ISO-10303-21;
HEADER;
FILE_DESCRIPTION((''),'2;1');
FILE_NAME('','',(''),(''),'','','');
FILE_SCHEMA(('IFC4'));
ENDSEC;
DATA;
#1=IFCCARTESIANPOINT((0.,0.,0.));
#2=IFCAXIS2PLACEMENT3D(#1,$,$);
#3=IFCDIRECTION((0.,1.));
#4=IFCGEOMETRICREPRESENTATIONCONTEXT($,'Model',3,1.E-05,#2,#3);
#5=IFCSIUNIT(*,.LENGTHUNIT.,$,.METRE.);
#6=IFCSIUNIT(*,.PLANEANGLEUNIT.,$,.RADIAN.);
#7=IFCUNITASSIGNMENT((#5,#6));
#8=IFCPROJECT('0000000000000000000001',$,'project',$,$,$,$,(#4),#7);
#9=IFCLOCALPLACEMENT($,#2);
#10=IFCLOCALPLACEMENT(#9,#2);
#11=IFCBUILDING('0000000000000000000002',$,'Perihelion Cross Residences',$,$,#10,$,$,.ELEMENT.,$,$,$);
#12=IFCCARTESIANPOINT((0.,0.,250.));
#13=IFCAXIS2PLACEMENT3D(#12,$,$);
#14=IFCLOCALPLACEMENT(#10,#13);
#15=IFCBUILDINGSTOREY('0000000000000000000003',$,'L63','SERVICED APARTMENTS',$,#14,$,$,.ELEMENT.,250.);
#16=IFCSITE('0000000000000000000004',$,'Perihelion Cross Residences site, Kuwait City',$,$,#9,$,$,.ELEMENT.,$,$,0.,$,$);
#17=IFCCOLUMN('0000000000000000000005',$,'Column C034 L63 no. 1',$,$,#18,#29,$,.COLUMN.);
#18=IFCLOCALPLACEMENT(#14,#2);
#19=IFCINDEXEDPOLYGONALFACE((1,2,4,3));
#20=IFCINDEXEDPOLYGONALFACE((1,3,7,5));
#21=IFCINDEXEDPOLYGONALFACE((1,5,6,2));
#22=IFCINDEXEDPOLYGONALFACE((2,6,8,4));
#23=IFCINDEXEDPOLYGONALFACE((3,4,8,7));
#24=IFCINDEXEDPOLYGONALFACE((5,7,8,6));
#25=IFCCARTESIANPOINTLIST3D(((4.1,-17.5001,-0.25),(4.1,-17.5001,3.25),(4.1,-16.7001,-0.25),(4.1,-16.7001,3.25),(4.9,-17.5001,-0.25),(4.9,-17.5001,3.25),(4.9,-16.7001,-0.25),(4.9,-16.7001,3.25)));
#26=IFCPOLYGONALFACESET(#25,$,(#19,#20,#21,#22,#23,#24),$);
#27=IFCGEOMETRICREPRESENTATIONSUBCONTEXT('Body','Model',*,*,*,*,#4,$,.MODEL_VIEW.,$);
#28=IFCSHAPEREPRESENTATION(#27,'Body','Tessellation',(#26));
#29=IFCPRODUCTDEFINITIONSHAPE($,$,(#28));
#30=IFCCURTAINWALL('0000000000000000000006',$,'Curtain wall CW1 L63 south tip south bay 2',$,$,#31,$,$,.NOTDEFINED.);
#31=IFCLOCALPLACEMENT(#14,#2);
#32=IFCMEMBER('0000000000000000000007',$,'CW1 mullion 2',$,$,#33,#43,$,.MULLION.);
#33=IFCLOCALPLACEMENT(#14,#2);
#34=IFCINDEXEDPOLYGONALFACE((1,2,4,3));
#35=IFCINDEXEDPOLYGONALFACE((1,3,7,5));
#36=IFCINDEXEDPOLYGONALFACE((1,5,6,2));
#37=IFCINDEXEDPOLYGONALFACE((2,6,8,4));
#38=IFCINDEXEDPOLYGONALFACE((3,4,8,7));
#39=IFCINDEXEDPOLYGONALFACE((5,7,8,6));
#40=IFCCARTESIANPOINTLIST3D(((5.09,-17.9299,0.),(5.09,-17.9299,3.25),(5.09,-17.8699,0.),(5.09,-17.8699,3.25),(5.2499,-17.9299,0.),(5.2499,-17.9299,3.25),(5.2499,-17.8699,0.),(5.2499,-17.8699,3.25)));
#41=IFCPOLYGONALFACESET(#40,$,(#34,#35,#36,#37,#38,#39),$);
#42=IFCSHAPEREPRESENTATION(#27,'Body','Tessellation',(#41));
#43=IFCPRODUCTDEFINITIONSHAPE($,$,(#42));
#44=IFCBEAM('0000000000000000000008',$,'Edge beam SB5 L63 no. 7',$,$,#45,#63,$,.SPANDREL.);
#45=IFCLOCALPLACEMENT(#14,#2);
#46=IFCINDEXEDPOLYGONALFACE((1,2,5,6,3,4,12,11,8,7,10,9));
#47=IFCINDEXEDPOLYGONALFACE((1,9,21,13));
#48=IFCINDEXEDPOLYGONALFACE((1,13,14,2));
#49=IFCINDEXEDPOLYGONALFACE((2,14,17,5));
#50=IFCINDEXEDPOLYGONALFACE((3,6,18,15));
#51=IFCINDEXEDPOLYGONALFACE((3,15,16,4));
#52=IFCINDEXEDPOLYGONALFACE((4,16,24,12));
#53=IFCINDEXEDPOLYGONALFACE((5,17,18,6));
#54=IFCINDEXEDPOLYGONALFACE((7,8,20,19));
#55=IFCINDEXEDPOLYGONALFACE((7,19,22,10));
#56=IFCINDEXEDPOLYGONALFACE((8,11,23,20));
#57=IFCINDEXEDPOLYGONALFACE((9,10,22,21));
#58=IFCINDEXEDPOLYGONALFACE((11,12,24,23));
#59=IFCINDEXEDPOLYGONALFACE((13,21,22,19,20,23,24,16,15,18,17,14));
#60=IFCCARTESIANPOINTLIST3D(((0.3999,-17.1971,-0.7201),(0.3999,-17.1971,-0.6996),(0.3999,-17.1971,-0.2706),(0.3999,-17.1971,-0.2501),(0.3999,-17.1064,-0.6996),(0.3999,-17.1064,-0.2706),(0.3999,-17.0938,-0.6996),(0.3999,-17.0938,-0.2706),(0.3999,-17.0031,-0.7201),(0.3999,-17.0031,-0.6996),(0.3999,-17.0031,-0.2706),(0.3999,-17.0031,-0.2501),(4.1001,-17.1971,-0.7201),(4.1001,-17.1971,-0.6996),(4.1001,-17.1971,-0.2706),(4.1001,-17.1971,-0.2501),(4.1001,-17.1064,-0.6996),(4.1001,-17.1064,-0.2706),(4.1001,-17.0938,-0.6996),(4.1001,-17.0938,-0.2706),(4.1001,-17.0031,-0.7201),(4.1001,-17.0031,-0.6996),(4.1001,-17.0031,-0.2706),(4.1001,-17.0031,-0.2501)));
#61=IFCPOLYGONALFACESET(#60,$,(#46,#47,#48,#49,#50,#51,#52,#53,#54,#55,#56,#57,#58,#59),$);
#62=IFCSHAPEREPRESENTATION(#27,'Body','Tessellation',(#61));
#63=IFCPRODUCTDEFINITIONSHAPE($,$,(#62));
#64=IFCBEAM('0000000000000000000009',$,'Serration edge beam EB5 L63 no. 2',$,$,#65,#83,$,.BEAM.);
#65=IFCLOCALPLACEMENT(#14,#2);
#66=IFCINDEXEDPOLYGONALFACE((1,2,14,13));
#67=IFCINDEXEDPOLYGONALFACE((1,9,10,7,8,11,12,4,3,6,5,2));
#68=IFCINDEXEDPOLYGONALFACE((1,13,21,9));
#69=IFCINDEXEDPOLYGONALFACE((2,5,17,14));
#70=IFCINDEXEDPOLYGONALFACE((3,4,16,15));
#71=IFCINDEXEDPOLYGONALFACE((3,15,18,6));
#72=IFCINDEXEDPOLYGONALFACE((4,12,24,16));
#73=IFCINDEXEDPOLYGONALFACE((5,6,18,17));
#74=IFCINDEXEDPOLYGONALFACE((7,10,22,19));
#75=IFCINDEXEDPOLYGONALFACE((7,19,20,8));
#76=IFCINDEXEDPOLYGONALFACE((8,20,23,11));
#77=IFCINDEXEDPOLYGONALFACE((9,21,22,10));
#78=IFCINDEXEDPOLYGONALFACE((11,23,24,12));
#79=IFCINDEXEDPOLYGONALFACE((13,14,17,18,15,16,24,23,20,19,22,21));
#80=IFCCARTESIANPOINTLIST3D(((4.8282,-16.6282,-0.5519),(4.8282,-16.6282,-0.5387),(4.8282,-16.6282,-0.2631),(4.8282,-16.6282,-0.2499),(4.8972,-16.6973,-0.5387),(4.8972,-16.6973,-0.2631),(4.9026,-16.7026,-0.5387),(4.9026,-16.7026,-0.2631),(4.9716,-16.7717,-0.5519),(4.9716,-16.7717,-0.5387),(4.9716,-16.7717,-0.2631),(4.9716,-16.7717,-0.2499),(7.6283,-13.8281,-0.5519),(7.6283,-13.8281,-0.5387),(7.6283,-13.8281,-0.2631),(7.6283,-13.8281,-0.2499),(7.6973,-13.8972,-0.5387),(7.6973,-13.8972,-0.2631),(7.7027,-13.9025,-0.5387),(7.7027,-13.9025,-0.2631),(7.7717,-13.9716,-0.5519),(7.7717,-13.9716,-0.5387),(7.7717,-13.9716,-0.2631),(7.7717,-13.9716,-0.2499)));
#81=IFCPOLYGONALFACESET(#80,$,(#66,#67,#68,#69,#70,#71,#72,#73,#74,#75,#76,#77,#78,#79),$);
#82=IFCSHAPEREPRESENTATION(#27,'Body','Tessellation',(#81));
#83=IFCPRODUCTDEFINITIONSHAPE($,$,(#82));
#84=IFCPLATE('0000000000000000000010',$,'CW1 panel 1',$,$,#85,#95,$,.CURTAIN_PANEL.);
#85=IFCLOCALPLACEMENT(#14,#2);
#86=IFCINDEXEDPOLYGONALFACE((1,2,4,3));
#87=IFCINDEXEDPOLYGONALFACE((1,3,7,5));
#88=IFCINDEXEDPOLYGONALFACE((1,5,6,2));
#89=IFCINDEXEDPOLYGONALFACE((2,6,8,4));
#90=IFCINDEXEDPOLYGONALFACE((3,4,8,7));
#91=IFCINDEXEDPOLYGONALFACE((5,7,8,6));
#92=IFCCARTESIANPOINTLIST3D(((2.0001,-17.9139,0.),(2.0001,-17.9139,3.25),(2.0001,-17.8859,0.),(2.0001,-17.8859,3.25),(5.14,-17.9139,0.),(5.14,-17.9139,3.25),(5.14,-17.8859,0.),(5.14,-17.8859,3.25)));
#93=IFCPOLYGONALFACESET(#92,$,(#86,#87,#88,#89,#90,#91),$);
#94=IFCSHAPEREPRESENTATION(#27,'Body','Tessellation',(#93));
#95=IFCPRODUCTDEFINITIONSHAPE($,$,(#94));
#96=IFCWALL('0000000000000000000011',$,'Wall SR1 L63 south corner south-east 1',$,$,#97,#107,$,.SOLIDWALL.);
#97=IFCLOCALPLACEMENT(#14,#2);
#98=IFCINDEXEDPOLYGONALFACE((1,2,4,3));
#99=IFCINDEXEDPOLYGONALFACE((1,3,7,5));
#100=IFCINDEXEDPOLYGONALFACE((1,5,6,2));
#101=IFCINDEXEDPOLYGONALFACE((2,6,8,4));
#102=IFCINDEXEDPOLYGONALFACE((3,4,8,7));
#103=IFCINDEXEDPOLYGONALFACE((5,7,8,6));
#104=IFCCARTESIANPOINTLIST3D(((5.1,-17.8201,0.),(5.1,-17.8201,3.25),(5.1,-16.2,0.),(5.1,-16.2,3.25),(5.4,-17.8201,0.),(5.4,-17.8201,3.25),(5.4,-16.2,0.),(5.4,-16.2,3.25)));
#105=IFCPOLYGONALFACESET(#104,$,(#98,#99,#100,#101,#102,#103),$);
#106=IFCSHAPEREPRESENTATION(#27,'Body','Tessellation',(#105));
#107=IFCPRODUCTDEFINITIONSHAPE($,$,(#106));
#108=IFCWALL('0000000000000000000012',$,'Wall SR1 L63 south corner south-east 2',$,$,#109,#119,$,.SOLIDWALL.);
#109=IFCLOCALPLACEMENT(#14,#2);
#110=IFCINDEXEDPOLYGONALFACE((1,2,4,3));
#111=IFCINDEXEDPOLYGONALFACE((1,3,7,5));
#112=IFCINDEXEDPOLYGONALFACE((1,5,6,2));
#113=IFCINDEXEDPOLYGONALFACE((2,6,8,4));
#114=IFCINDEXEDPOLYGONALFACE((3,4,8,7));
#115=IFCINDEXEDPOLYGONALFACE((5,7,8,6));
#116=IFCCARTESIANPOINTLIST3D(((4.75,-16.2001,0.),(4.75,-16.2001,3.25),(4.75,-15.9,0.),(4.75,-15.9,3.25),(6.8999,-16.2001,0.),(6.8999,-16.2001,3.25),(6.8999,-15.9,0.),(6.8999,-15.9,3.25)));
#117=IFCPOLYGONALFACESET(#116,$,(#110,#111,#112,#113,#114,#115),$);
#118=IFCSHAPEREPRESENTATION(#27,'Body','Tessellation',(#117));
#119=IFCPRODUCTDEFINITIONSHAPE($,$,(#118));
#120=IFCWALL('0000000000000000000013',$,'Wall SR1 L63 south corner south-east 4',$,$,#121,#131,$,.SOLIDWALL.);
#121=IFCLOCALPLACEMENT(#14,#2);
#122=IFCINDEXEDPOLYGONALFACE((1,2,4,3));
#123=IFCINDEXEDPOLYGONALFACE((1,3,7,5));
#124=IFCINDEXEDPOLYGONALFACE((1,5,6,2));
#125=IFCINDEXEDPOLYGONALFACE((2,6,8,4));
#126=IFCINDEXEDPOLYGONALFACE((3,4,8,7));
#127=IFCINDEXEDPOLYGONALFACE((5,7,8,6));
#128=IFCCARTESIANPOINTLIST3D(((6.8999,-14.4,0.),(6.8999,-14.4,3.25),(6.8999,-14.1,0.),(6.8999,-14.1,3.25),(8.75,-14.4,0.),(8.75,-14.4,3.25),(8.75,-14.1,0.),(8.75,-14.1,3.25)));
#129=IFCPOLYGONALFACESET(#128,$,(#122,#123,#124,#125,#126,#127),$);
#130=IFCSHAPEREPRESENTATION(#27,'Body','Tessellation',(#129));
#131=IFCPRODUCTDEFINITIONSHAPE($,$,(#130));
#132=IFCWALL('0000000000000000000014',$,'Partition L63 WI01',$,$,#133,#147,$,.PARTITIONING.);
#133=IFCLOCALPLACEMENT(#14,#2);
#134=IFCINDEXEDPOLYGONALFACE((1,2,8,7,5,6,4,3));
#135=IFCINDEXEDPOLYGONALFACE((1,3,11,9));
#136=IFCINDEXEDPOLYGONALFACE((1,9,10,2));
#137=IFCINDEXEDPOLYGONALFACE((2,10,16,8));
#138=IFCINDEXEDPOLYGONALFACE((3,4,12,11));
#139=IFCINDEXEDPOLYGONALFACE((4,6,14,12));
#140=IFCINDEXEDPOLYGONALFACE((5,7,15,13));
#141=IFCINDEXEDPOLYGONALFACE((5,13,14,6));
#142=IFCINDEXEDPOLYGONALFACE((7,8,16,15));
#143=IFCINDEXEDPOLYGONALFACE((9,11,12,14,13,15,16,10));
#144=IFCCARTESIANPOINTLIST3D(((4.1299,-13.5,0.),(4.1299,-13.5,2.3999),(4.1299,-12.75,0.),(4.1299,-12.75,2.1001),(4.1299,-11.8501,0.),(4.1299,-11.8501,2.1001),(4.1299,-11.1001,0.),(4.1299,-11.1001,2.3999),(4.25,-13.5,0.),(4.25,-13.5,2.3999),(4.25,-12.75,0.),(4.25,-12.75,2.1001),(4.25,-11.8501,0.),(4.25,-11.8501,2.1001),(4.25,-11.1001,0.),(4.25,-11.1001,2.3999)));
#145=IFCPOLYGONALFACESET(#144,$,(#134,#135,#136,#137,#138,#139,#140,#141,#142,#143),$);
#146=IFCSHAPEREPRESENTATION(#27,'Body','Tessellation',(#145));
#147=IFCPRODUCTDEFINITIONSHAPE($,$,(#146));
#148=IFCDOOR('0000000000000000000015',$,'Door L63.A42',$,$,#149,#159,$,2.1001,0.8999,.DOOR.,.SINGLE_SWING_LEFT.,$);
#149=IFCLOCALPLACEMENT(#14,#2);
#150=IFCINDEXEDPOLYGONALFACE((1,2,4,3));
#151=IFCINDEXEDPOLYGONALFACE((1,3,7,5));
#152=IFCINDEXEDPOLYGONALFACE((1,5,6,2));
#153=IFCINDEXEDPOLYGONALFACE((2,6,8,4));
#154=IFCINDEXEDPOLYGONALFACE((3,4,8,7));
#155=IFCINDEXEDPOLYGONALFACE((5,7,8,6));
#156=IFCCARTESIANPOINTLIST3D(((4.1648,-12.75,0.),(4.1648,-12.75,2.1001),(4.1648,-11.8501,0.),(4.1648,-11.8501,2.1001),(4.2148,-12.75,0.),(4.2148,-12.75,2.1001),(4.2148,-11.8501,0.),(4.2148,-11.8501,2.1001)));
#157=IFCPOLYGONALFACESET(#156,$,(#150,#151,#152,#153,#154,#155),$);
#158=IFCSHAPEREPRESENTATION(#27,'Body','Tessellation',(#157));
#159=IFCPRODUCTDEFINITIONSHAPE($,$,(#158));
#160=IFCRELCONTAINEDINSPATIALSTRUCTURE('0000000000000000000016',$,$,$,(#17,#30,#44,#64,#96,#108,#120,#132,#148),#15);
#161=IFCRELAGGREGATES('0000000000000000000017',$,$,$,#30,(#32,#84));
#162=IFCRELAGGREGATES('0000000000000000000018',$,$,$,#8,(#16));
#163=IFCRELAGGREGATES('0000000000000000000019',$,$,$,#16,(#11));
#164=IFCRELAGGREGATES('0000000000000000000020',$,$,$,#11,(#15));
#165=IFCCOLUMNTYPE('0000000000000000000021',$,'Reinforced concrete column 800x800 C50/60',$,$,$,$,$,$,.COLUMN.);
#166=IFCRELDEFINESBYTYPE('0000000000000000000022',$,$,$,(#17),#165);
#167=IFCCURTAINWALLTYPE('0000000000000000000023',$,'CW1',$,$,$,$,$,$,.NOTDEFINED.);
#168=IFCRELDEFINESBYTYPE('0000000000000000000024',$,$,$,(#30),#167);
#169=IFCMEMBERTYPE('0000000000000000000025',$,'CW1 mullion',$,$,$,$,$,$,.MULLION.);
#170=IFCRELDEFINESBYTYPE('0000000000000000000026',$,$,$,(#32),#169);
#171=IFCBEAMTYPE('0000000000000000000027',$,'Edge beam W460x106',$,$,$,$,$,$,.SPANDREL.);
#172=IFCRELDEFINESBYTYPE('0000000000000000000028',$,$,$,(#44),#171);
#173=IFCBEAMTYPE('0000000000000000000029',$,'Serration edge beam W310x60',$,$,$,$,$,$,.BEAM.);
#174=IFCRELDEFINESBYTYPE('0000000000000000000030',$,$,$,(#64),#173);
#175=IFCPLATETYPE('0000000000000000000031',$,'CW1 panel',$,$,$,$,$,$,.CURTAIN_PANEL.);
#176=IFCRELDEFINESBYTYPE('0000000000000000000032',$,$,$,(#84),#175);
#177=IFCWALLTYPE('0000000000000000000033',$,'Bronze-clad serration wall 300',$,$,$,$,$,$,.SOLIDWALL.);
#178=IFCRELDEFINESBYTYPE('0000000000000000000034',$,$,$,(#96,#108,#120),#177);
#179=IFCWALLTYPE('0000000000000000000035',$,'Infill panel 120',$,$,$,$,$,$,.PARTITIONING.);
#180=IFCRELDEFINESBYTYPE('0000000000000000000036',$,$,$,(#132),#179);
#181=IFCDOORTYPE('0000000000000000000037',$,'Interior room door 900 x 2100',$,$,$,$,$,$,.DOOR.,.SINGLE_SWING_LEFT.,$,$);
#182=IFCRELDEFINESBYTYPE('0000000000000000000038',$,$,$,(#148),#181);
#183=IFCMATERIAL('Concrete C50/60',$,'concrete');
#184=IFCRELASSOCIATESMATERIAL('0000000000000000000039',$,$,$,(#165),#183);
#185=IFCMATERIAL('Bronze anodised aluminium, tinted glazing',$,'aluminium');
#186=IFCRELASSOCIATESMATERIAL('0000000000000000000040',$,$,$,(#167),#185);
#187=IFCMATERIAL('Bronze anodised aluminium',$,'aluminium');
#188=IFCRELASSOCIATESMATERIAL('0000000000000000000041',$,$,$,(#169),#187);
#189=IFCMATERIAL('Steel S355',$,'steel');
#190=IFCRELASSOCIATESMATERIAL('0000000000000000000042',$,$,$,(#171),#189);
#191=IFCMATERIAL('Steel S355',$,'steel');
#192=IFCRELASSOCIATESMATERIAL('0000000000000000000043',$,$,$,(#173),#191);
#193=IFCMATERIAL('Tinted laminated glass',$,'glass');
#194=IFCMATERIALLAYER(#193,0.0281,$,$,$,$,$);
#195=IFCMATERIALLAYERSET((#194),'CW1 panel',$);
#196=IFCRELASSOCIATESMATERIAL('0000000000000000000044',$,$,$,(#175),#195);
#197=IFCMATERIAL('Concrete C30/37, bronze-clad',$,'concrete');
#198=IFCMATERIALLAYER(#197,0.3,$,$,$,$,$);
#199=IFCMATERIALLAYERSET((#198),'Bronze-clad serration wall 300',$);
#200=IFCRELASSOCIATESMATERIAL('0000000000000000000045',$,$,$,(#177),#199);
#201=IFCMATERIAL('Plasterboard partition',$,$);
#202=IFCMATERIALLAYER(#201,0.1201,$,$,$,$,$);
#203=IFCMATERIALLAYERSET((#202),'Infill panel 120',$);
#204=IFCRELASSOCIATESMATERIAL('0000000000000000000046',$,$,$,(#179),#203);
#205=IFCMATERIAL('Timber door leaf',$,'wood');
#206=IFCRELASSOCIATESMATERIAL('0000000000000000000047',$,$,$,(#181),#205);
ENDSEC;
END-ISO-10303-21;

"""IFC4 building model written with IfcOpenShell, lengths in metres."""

from ifc_helpers import new_model, si_unit, direction, frame, frame_2d, origin, origin_2d, place, context, subcontext, project, spatial, rectangle, i_section, extrude, material, layer, layer_set, material_profile, profile_set, type_object, element, fill, aggregate, save


model = new_model("IFC4")

# Units and contexts
model_context = context("Model", 3, precision=1e-05, world=origin(), true_north=direction((0.0, 1.0)))
body_context = subcontext(model_context, "Body", "Model", "MODEL_VIEW")
ifc_project = project(units=[si_unit("LENGTHUNIT", "METRE"), si_unit("PLANEANGLEUNIT", "RADIAN")], contexts=[model_context])

# Site, building, storey
site_placement = place(None, origin())
site = spatial("IfcSite", under=ifc_project, at=site_placement, Name="Perihelion Cross Residences site, Kuwait City", CompositionType="ELEMENT", RefElevation=0.0)
building_placement = place(site_placement, origin())
building = spatial("IfcBuilding", under=site, at=building_placement, Name="Perihelion Cross Residences", CompositionType="ELEMENT")
storey_placement = place(building_placement, frame((0.0, 0.0, 250.0)))
storey = spatial("IfcBuildingStorey", under=building, at=storey_placement, Name="L63", Description="SERVICED APARTMENTS", CompositionType="ELEMENT", Elevation=250.0)

# Column
ifc_material_1 = material(Name="Concrete C50/60", Category="concrete")
ifc_material_profile_1 = material_profile(ifc_material_1, rectangle(XDim=0.8, YDim=0.8, at=origin_2d()), Name="RC 800x800")
ifc_profile_set_1 = profile_set([ifc_material_profile_1], Name="Concrete C50/60")
column_type = type_object("IfcColumnType", Name="Reinforced concrete column 800x800 C50/60", PredefinedType="COLUMN", material=ifc_profile_set_1)
column_placement = place(storey_placement, frame((4.5, -17.1001, -0.25), z_axis=(0.0, 0.0, 1.0), x_axis=(1.0, 0.0, 0.0)))
element("IfcColumn", 1, at=column_placement, inside=storey, type_object=column_type, Name="Column C034 L63 no. 1", PredefinedType="COLUMN", context=body_context, shape_type="SweptSolid", body=[
    extrude(rectangle(XDim=0.8, YDim=0.8, at=origin_2d()), origin(), (0.0, 0.0, 1.0), 3.5),
])

# Curtain wall, member
ifc_material_2 = material(Name="Bronze anodised aluminium, tinted glazing", Category="aluminium")
curtain_wall_type = type_object("IfcCurtainWallType", Name="CW1", PredefinedType="NOTDEFINED", material=ifc_material_2)
curtain_wall_placement = place(storey_placement, origin())
curtain_wall = element("IfcCurtainWall", 2, at=curtain_wall_placement, inside=storey, type_object=curtain_wall_type, Name="Curtain wall CW1 L63 south tip south bay 2", PredefinedType="NOTDEFINED")
ifc_material_3 = material(Name="Bronze anodised aluminium", Category="aluminium")
ifc_material_profile_2 = material_profile(ifc_material_3, rectangle(XDim=0.0601, YDim=0.1599, at=origin_2d()), Name="CW1 mullion")
ifc_profile_set_2 = profile_set([ifc_material_profile_2], Name="Bronze anodised aluminium")
member_type = type_object("IfcMemberType", Name="CW1 mullion", PredefinedType="MULLION", material=ifc_profile_set_2)
member_placement = place(storey_placement, frame((5.1699, -17.8999, 0.0), z_axis=(0.0, 0.0, 1.0), x_axis=(0.0, 1.0, 0.0)))
member = element("IfcMember", 3, at=member_placement, type_object=member_type, Name="CW1 mullion 2", PredefinedType="MULLION", context=body_context, shape_type="SweptSolid", body=[
    extrude(rectangle(XDim=0.0601, YDim=0.1599, at=origin_2d()), origin(), (0.0, 0.0, 1.0), 3.25),
])

# Beams
ifc_material_4 = material(Name="Steel S355", Category="steel")
ifc_material_profile_3 = material_profile(ifc_material_4, i_section(OverallWidth=0.1941, OverallDepth=0.47, WebThickness=0.0127, FlangeThickness=0.0205, at=origin_2d()), Name="W460x106")
ifc_profile_set_3 = profile_set([ifc_material_profile_3], Name="Steel S355")
beam_type_1 = type_object("IfcBeamType", Name="Edge beam W460x106", PredefinedType="SPANDREL", material=ifc_profile_set_3)
beam_1_placement = place(storey_placement, frame((0.3999, -17.1001, -0.4851), z_axis=(1.0, 0.0, 0.0), x_axis=(0.0, 1.0, 0.0)))
element("IfcBeam", 4, at=beam_1_placement, inside=storey, type_object=beam_type_1, Name="Edge beam SB5 L63 no. 7", PredefinedType="SPANDREL", context=body_context, shape_type="SweptSolid", body=[
    extrude(i_section(OverallWidth=0.1941, OverallDepth=0.47, WebThickness=0.0127, FlangeThickness=0.0205, at=origin_2d()), origin(), (0.0, 0.0, 1.0), 3.7002),
])
ifc_material_5 = material(Name="Steel S355", Category="steel")
ifc_material_profile_4 = material_profile(ifc_material_5, i_section(OverallWidth=0.2029, OverallDepth=0.302, WebThickness=0.0076, FlangeThickness=0.0132, at=origin_2d()), Name="W310x60")
ifc_profile_set_4 = profile_set([ifc_material_profile_4], Name="Steel S355")
beam_type_2 = type_object("IfcBeamType", Name="Serration edge beam W310x60", PredefinedType="BEAM", material=ifc_profile_set_4)
beam_2_placement = place(storey_placement, frame((4.8999, -16.7, -0.4009), z_axis=(0.707107, 0.707107, 0.0), x_axis=(-0.707107, 0.707107, 0.0)))
element("IfcBeam", 5, at=beam_2_placement, inside=storey, type_object=beam_type_2, Name="Serration edge beam EB5 L63 no. 2", PredefinedType="BEAM", context=body_context, shape_type="SweptSolid", body=[
    extrude(i_section(OverallWidth=0.2029, OverallDepth=0.302, WebThickness=0.0076, FlangeThickness=0.0132, at=origin_2d()), origin(), (0.0, 0.0, 1.0), 3.96),
])

# Plate
ifc_material_6 = material(Name="Tinted laminated glass", Category="glass")
ifc_layer_1 = layer(ifc_material_6, 0.0281)
ifc_layer_set_1 = layer_set([ifc_layer_1], Name="CW1 panel")
plate_type = type_object("IfcPlateType", Name="CW1 panel", PredefinedType="CURTAIN_PANEL", material=ifc_layer_set_1)
plate_placement = place(storey_placement, frame((3.5701, -17.8999, 0.0), z_axis=(0.0, 0.0, 1.0), x_axis=(1.0, 0.0, 0.0)))
plate = element("IfcPlate", 6, at=plate_placement, type_object=plate_type, Name="CW1 panel 1", PredefinedType="CURTAIN_PANEL", context=body_context, shape_type="SweptSolid", body=[
    extrude(rectangle(XDim=3.1399, YDim=0.0281, at=origin_2d()), origin(), (0.0, 0.0, 1.0), 3.25),
])
aggregate(curtain_wall, [member, plate])

# Walls
ifc_material_7 = material(Name="Concrete C30/37, bronze-clad", Category="concrete")
ifc_layer_2 = layer(ifc_material_7, 0.3)
ifc_layer_set_2 = layer_set([ifc_layer_2], Name="Bronze-clad serration wall 300")
wall_type_1 = type_object("IfcWallType", Name="Bronze-clad serration wall 300", PredefinedType="SOLIDWALL", material=ifc_layer_set_2)
wall_1_placement = place(storey_placement, frame((5.25, -17.8201, 0.0), z_axis=(0.0, 0.0, 1.0), x_axis=(0.0, 1.0, 0.0)))
element("IfcWall", 7, at=wall_1_placement, inside=storey, type_object=wall_type_1, Name="Wall SR1 L63 south corner south-east 1", PredefinedType="SOLIDWALL", context=body_context, shape_type="SweptSolid", body=[
    extrude(rectangle(XDim=1.6201, YDim=0.3, at=frame_2d((0.8101, 0.0))), origin(), (0.0, 0.0, 1.0), 3.25),
])
wall_2_placement = place(storey_placement, frame((4.75, -16.05, 0.0), z_axis=(0.0, 0.0, 1.0), x_axis=(1.0, 0.0, 0.0)))
element("IfcWall", 8, at=wall_2_placement, inside=storey, type_object=wall_type_1, Name="Wall SR1 L63 south corner south-east 2", PredefinedType="SOLIDWALL", context=body_context, shape_type="SweptSolid", body=[
    extrude(rectangle(XDim=2.1499, YDim=0.3, at=frame_2d((1.075, 0.0))), origin(), (0.0, 0.0, 1.0), 3.25),
])
wall_3_placement = place(storey_placement, frame((6.8999, -14.25, 0.0), z_axis=(0.0, 0.0, 1.0), x_axis=(1.0, 0.0, 0.0)))
element("IfcWall", 9, at=wall_3_placement, inside=storey, type_object=wall_type_1, Name="Wall SR1 L63 south corner south-east 4", PredefinedType="SOLIDWALL", context=body_context, shape_type="SweptSolid", body=[
    extrude(rectangle(XDim=1.8501, YDim=0.3, at=frame_2d((0.925, 0.0))), origin(), (0.0, 0.0, 1.0), 3.25),
])

# Wall, opening, door
ifc_material_8 = material(Name="Plasterboard partition")
ifc_layer_3 = layer(ifc_material_8, 0.1201)
ifc_layer_set_3 = layer_set([ifc_layer_3], Name="Infill panel 120")
wall_type_2 = type_object("IfcWallType", Name="Infill panel 120", PredefinedType="PARTITIONING", material=ifc_layer_set_3)
wall_4_placement = place(storey_placement, frame((4.1899, -11.1001, 0.0), z_axis=(0.0, 0.0, 1.0), x_axis=(0.0, -1.0, 0.0)))
wall_4 = element("IfcWall", 10, at=wall_4_placement, inside=storey, type_object=wall_type_2, Name="Partition L63 WI01", PredefinedType="PARTITIONING", context=body_context, shape_type="SweptSolid", body=[
    extrude(rectangle(XDim=2.3999, YDim=0.1201, at=frame_2d((1.2, 0.0))), origin(), (0.0, 0.0, 1.0), 2.3999),
])
opening_1_placement = place(wall_4_placement, frame((0.75, 0.0, 0.0)))
opening_1 = element("IfcOpeningElement", 11, at=opening_1_placement, cuts=wall_4, PredefinedType="OPENING", context=body_context, shape_type="SweptSolid", body=[
    extrude(rectangle(XDim=0.8999, YDim=2.1001, at=frame_2d((0.45, 1.05))), frame((0.0, 0.0701, 0.0), z_axis=(0.0, -1.0, 0.0), x_axis=(1.0, 0.0, 0.0)), (0.0, 0.0, 1.0), 0.1401),
])
ifc_material_9 = material(Name="Timber door leaf", Category="wood")
door_type_1 = type_object("IfcDoorType", Name="Interior room door 900 x 2100", OperationType="SINGLE_SWING_LEFT", PredefinedType="DOOR", material=ifc_material_9)
door_1_placement = place(opening_1_placement, origin())
door_1 = element("IfcDoor", 12, at=door_1_placement, inside=storey, type_object=door_type_1, Name="Door L63.A42", OperationType="SINGLE_SWING_LEFT", OverallHeight=2.1001, OverallWidth=0.8999, PredefinedType="DOOR", context=body_context, shape_type="SweptSolid", body=[
    extrude(rectangle(XDim=0.8999, YDim=2.1001, at=frame_2d((0.45, 1.05))), frame((0.0, 0.0249, 0.0), z_axis=(0.0, -1.0, 0.0), x_axis=(1.0, 0.0, 0.0)), (0.0, 0.0, 1.0), 0.05),
])
fill(opening_1, door_1)

save(model, "model.ifc")
